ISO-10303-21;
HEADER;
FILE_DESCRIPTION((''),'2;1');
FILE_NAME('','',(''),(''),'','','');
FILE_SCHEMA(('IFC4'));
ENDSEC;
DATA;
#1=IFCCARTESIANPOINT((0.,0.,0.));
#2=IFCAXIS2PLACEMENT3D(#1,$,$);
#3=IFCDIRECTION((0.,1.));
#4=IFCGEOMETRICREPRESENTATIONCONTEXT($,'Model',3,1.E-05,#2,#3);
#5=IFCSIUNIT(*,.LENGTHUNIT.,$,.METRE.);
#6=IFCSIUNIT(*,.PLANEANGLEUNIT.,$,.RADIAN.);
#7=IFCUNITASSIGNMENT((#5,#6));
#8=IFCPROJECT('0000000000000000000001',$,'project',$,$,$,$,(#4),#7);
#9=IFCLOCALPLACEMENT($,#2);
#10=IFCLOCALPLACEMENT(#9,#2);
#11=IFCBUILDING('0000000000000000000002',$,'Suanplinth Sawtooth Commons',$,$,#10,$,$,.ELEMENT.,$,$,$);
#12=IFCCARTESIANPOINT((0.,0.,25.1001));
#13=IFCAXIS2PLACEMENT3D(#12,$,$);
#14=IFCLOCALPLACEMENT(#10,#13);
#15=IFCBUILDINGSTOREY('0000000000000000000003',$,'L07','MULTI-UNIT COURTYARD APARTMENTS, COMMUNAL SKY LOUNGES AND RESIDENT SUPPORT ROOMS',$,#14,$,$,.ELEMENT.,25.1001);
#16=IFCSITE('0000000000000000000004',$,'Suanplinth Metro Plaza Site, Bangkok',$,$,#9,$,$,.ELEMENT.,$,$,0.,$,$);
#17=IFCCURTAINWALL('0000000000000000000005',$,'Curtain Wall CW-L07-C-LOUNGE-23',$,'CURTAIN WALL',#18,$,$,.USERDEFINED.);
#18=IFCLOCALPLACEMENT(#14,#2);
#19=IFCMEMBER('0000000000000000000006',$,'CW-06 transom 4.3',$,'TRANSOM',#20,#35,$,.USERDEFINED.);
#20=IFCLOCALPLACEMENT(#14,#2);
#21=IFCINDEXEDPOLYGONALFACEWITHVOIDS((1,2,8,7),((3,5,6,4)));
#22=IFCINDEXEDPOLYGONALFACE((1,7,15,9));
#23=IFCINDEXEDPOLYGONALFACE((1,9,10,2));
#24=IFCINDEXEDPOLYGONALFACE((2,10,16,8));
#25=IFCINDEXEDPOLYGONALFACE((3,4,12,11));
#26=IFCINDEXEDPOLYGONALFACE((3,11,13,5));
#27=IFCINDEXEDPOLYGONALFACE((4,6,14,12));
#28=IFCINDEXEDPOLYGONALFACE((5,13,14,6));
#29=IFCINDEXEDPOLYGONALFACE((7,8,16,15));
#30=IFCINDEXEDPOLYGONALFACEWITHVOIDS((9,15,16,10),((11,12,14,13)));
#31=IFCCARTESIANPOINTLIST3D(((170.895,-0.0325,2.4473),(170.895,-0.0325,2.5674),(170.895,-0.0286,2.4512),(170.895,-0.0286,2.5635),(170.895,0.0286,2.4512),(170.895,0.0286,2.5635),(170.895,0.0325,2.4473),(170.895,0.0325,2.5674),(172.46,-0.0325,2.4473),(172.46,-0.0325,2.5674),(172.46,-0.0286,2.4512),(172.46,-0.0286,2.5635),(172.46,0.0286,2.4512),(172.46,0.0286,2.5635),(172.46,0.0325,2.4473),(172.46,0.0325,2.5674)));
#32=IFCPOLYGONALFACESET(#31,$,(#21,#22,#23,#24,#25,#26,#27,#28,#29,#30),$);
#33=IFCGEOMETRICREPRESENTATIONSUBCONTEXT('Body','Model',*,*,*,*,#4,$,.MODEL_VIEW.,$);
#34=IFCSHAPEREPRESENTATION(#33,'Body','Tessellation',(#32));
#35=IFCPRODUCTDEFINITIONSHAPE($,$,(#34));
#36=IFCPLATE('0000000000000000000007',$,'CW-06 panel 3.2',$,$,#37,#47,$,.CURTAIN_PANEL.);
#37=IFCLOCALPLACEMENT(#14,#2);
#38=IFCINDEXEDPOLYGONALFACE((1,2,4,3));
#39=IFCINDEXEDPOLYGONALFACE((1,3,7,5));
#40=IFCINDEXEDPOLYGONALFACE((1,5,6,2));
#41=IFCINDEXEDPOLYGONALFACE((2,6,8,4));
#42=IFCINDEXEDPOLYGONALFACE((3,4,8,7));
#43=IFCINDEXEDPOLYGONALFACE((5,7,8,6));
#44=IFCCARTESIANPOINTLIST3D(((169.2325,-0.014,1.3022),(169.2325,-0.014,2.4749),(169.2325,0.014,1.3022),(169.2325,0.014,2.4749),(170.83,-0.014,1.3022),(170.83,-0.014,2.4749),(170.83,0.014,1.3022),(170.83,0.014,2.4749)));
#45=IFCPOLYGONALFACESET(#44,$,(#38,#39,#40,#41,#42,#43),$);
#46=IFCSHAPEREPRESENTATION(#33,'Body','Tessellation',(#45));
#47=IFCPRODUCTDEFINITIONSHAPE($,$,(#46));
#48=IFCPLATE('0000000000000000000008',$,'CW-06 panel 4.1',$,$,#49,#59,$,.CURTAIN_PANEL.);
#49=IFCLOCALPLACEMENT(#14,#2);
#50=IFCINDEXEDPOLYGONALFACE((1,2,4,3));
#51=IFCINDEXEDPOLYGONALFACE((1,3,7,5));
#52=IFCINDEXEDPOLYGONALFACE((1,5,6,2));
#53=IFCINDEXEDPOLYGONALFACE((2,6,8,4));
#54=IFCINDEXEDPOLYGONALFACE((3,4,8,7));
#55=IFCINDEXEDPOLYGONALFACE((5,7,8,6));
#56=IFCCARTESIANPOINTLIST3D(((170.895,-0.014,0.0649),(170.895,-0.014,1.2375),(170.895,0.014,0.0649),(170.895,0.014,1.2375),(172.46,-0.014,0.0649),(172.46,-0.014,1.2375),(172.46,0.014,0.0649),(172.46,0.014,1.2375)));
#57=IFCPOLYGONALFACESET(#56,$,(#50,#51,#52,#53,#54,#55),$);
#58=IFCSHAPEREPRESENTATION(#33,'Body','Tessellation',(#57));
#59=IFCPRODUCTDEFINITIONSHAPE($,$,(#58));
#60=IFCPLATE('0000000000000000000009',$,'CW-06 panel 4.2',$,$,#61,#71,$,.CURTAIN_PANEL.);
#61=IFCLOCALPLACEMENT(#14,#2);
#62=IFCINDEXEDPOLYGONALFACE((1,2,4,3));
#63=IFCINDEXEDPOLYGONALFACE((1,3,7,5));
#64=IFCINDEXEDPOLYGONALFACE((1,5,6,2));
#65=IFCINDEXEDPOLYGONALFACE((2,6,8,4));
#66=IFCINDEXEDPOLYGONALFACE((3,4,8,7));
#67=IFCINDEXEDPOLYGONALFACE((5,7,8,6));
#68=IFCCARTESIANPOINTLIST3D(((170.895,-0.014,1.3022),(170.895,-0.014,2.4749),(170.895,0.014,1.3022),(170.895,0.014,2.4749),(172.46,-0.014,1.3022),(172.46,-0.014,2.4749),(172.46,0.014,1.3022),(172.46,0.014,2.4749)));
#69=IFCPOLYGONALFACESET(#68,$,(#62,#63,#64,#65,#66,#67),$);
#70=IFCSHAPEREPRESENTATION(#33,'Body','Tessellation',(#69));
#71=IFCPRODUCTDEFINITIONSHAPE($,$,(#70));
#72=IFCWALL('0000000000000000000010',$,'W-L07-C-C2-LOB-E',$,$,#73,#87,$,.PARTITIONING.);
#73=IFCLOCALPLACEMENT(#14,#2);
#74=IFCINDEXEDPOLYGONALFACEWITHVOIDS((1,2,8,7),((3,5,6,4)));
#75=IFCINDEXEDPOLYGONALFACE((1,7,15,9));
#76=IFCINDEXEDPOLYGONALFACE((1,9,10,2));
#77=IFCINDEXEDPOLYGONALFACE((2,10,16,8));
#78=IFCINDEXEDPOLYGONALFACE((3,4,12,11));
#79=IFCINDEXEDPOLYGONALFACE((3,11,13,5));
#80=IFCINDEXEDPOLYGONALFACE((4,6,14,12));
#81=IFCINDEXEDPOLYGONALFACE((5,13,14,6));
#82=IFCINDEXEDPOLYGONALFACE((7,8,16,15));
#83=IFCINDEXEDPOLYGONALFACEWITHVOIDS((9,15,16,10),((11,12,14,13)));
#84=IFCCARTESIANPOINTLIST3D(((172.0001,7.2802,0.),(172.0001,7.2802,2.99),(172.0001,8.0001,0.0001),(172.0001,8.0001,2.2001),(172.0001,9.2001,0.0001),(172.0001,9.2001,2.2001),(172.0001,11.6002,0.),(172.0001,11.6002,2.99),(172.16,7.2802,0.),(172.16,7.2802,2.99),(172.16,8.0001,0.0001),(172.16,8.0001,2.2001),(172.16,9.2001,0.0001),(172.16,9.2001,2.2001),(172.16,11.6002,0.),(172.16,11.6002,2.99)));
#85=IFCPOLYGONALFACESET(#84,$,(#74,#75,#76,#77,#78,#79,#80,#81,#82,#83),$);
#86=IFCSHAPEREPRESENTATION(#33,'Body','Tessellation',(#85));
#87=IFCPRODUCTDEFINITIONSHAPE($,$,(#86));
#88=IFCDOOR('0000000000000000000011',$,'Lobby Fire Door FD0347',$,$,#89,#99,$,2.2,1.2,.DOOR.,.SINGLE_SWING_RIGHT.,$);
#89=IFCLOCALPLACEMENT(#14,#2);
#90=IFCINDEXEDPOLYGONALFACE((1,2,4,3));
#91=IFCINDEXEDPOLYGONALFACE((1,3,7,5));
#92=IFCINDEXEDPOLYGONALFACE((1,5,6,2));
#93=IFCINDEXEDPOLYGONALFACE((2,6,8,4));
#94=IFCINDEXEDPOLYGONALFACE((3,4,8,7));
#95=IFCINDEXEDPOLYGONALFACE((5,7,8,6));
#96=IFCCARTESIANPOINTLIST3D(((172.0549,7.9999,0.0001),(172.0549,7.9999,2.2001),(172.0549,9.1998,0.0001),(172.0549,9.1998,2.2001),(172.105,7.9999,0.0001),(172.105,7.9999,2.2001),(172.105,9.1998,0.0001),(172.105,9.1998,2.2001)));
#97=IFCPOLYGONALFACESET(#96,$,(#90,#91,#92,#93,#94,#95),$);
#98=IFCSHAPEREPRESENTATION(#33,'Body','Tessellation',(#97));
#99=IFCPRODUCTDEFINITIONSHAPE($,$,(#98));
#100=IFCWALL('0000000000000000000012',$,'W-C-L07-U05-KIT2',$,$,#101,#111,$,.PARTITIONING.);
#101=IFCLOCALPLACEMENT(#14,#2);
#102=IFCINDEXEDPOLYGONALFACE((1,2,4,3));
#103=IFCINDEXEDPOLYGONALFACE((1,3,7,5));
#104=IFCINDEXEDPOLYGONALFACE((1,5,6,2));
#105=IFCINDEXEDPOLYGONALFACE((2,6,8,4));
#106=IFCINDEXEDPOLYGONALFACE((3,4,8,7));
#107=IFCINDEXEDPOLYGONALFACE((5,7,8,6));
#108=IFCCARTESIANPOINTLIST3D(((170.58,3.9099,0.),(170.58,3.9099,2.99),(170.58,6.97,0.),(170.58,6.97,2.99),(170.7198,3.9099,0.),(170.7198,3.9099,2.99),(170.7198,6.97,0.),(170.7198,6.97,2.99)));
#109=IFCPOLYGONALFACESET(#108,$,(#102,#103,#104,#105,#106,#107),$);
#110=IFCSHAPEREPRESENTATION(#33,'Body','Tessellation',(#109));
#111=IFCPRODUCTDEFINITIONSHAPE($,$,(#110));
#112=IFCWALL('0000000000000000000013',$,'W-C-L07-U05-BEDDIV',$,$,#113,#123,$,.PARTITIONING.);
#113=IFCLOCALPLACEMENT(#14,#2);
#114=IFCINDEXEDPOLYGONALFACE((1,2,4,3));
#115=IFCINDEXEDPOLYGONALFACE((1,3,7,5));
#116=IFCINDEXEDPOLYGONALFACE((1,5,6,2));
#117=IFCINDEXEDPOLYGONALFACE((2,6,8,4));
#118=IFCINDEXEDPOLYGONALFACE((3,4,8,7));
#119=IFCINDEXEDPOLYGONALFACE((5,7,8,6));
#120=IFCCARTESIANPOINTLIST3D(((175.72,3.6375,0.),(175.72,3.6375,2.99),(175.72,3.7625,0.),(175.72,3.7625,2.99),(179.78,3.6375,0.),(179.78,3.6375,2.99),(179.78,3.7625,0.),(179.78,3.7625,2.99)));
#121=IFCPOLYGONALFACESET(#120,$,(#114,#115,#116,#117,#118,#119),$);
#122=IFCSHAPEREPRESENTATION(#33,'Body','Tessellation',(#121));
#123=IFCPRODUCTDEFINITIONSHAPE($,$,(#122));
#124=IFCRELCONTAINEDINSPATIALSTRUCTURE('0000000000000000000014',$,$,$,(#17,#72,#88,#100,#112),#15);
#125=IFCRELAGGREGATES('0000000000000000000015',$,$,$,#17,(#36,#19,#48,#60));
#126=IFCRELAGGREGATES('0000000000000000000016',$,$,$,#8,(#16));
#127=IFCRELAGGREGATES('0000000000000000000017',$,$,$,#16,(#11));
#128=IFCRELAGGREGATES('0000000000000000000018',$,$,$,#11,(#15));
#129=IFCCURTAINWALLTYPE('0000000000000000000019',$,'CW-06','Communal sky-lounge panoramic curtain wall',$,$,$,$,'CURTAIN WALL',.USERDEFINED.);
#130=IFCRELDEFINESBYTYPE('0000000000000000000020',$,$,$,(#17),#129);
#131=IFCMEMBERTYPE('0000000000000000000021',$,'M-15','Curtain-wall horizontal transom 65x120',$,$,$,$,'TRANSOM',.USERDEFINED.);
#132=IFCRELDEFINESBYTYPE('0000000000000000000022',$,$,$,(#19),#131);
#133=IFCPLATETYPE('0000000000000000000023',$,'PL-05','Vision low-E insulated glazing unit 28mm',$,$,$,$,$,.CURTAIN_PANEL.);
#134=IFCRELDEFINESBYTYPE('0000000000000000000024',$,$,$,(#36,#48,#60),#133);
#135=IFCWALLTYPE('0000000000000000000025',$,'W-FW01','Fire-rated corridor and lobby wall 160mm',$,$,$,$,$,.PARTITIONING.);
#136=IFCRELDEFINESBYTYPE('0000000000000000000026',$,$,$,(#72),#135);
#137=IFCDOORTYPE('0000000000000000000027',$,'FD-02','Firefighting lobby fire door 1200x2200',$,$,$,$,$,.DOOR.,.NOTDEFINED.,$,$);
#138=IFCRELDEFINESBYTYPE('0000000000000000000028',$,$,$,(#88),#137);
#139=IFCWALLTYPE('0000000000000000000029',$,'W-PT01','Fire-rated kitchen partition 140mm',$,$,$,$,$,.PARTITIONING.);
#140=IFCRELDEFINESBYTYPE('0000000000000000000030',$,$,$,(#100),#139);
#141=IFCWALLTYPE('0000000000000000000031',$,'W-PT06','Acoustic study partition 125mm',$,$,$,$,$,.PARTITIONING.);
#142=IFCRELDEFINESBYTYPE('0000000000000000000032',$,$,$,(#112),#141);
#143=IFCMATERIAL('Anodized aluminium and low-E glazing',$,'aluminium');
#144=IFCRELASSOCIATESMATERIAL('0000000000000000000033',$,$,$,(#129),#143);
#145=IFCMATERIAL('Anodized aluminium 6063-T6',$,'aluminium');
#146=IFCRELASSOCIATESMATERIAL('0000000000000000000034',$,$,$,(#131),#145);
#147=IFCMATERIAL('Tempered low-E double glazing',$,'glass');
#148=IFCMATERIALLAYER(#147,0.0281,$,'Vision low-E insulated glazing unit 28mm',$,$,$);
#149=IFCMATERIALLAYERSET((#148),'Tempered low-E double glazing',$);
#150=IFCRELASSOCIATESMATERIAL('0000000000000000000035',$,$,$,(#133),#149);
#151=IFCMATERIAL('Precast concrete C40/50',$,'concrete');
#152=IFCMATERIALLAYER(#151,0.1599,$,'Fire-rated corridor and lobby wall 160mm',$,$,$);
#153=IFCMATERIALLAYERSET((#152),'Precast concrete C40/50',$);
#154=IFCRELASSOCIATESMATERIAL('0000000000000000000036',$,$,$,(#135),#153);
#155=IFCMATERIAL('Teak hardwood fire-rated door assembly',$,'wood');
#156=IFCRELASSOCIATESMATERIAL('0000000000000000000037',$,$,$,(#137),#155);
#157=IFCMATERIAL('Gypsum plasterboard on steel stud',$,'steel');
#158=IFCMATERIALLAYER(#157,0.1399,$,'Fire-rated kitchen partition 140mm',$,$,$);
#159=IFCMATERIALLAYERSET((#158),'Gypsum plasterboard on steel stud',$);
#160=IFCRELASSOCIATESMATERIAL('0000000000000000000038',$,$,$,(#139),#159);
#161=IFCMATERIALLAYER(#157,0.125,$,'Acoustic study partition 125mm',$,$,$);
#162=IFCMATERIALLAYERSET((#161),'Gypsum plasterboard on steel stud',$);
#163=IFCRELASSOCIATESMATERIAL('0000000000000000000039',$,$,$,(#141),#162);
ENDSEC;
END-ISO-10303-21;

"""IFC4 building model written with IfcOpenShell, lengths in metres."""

from ifc_helpers import new_model, si_unit, direction, frame, frame_2d, origin, origin_2d, place, context, subcontext, project, spatial, rectangle, hollow_rectangle, extrude, material, layer, layer_set, material_profile, profile_set, type_object, element, fill, aggregate, save


model = new_model("IFC4")

# Units and contexts
model_context = context("Model", 3, precision=1e-05, world=origin(), true_north=direction((0.0, 1.0)))
body_context = subcontext(model_context, "Body", "Model", "MODEL_VIEW")
ifc_project = project(units=[si_unit("LENGTHUNIT", "METRE"), si_unit("PLANEANGLEUNIT", "RADIAN")], contexts=[model_context])

# Site, building, storey
site_placement = place(None, origin())
site = spatial("IfcSite", under=ifc_project, at=site_placement, Name="Suanplinth Metro Plaza Site, Bangkok", CompositionType="ELEMENT", RefElevation=0.0)
building_placement = place(site_placement, origin())
building = spatial("IfcBuilding", under=site, at=building_placement, Name="Suanplinth Sawtooth Commons", CompositionType="ELEMENT")
storey_placement = place(building_placement, frame((0.0, 0.0, 25.1001)))
storey = spatial("IfcBuildingStorey", under=building, at=storey_placement, Name="L07", Description="MULTI-UNIT COURTYARD APARTMENTS, COMMUNAL SKY LOUNGES AND RESIDENT SUPPORT ROOMS", CompositionType="ELEMENT", Elevation=25.1001)

# Shared definitions
ifc_material_1 = material(Name="Precast concrete C40/50", Category="concrete")

# Curtain wall, member, plates
ifc_material_2 = material(Name="Anodized aluminium and low-E glazing", Category="aluminium")
curtain_wall_type = type_object("IfcCurtainWallType", Name="CW-06", Description="Communal sky-lounge panoramic curtain wall", ElementType="CURTAIN WALL", PredefinedType="USERDEFINED", material=ifc_material_2)
curtain_wall_placement = place(storey_placement, origin())
curtain_wall = element("IfcCurtainWall", 1, at=curtain_wall_placement, inside=storey, type_object=curtain_wall_type, Name="Curtain Wall CW-L07-C-LOUNGE-23", ObjectType="CURTAIN WALL", PredefinedType="USERDEFINED")
ifc_material_3 = material(Name="Anodized aluminium 6063-T6", Category="aluminium")
ifc_material_profile_1 = material_profile(ifc_material_3, hollow_rectangle(XDim=0.0649, YDim=0.1201, WallThickness=0.0039, at=origin_2d()), Name="ALU-TRN 65x120")
ifc_profile_set_1 = profile_set([ifc_material_profile_1], Name="Anodized aluminium 6063-T6")
member_type_1 = type_object("IfcMemberType", Name="M-15", Description="Curtain-wall horizontal transom 65x120", ElementType="TRANSOM", PredefinedType="USERDEFINED", material=ifc_profile_set_1)
member_1_placement = place(storey_placement, frame((170.895, 0.0, 2.5073), z_axis=(1.0, 0.0, 0.0), x_axis=(0.0, 1.0, 0.0)))
member_1 = element("IfcMember", 2, at=member_1_placement, type_object=member_type_1, Name="CW-06 transom 4.3", ObjectType="TRANSOM", PredefinedType="USERDEFINED", context=body_context, shape_type="SweptSolid", body=[
    extrude(hollow_rectangle(XDim=0.0649, YDim=0.1201, WallThickness=0.0039, at=origin_2d()), origin(), (0.0, 0.0, 1.0), 1.5649),
])
ifc_material_4 = material(Name="Tempered low-E double glazing", Category="glass")
ifc_layer_1 = layer(ifc_material_4, 0.0281, Name="Vision low-E insulated glazing unit 28mm")
ifc_layer_set_1 = layer_set([ifc_layer_1], Name="Tempered low-E double glazing")
plate_type = type_object("IfcPlateType", Name="PL-05", Description="Vision low-E insulated glazing unit 28mm", PredefinedType="CURTAIN_PANEL", material=ifc_layer_set_1)
plate_1_placement = place(storey_placement, frame((170.0312, 0.0, 1.3022), z_axis=(0.0, 0.0, 1.0), x_axis=(1.0, 0.0, 0.0)))
plate_1 = element("IfcPlate", 3, at=plate_1_placement, type_object=plate_type, Name="CW-06 panel 3.2", PredefinedType="CURTAIN_PANEL", context=body_context, shape_type="SweptSolid", body=[
    extrude(rectangle(XDim=1.5974, YDim=0.0281, at=origin_2d()), origin(), (0.0, 0.0, 1.0), 1.1726),
])
plate_2_placement = place(storey_placement, frame((171.6775, 0.0, 0.0649), z_axis=(0.0, 0.0, 1.0), x_axis=(1.0, 0.0, 0.0)))
plate_2 = element("IfcPlate", 4, at=plate_2_placement, type_object=plate_type, Name="CW-06 panel 4.1", PredefinedType="CURTAIN_PANEL", context=body_context, shape_type="SweptSolid", body=[
    extrude(rectangle(XDim=1.5649, YDim=0.0281, at=origin_2d()), origin(), (0.0, 0.0, 1.0), 1.1726),
])
plate_3_placement = place(storey_placement, frame((171.6775, 0.0, 1.3022), z_axis=(0.0, 0.0, 1.0), x_axis=(1.0, 0.0, 0.0)))
plate_3 = element("IfcPlate", 5, at=plate_3_placement, type_object=plate_type, Name="CW-06 panel 4.2", PredefinedType="CURTAIN_PANEL", context=body_context, shape_type="SweptSolid", body=[
    extrude(rectangle(XDim=1.5649, YDim=0.0281, at=origin_2d()), origin(), (0.0, 0.0, 1.0), 1.1726),
])
aggregate(curtain_wall, [plate_1, member_1, plate_2, plate_3])

# Wall, opening, door
ifc_layer_2 = layer(ifc_material_1, 0.1599, Name="Fire-rated corridor and lobby wall 160mm")
ifc_layer_set_2 = layer_set([ifc_layer_2], Name="Precast concrete C40/50")
wall_type_1 = type_object("IfcWallType", Name="W-FW01", Description="Fire-rated corridor and lobby wall 160mm", PredefinedType="PARTITIONING", material=ifc_layer_set_2)
wall_1_placement = place(storey_placement, frame((172.0801, 7.28, 0.0), z_axis=(0.0, 0.0, 1.0), x_axis=(0.0, 1.0, 0.0)))
wall_1 = element("IfcWall", 6, at=wall_1_placement, inside=storey, type_object=wall_type_1, Name="W-L07-C-C2-LOB-E", PredefinedType="PARTITIONING", context=body_context, shape_type="SweptSolid", body=[
    extrude(rectangle(XDim=4.3201, YDim=0.1599, at=frame_2d((2.1602, 0.0))), origin(), (0.0, 0.0, 1.0), 2.99),
])
opening_1_placement = place(wall_1_placement, frame((0.72, 0.0, 0.0)))
opening_1 = element("IfcOpeningElement", 7, at=opening_1_placement, cuts=wall_1, PredefinedType="OPENING", context=body_context, shape_type="SweptSolid", body=[
    extrude(rectangle(XDim=1.2, YDim=2.2, at=frame_2d((0.6001, 1.1001))), frame((0.0, 0.0947, 0.0), z_axis=(0.0, -1.0, 0.0), x_axis=(1.0, 0.0, 0.0)), (0.0, 0.0, 1.0), 0.1897),
])
ifc_material_5 = material(Name="Teak hardwood fire-rated door assembly", Category="wood")
door_type_1 = type_object("IfcDoorType", Name="FD-02", Description="Firefighting lobby fire door 1200x2200", OperationType="NOTDEFINED", PredefinedType="DOOR", material=ifc_material_5)
door_1_placement = place(opening_1_placement, frame((1.2, 0.0, 0.0), z_axis=(0.0, 0.0, 1.0), x_axis=(-1.0, 0.0, 0.0)))
door_1 = element("IfcDoor", 8, at=door_1_placement, inside=storey, type_object=door_type_1, Name="Lobby Fire Door FD0347", OperationType="SINGLE_SWING_RIGHT", OverallHeight=2.2, OverallWidth=1.2, PredefinedType="DOOR", context=body_context, shape_type="SweptSolid", body=[
    extrude(rectangle(XDim=1.2, YDim=2.2, at=frame_2d((0.6001, 1.1001))), frame((0.0, 0.0249, 0.0), z_axis=(0.0, -1.0, 0.0), x_axis=(1.0, 0.0, 0.0)), (0.0, 0.0, 1.0), 0.05),
])
fill(opening_1, door_1)

# Wall
ifc_material_6 = material(Name="Gypsum plasterboard on steel stud", Category="steel")
ifc_layer_3 = layer(ifc_material_6, 0.1399, Name="Fire-rated kitchen partition 140mm")
ifc_layer_set_3 = layer_set([ifc_layer_3], Name="Gypsum plasterboard on steel stud")
wall_type_2 = type_object("IfcWallType", Name="W-PT01", Description="Fire-rated kitchen partition 140mm", PredefinedType="PARTITIONING", material=ifc_layer_set_3)
wall_2_placement = place(storey_placement, frame((170.6499, 3.9099, 0.0), z_axis=(0.0, 0.0, 1.0), x_axis=(0.0, 1.0, 0.0)))
element("IfcWall", 9, at=wall_2_placement, inside=storey, type_object=wall_type_2, Name="W-C-L07-U05-KIT2", PredefinedType="PARTITIONING", context=body_context, shape_type="SweptSolid", body=[
    extrude(rectangle(XDim=3.0601, YDim=0.1399, at=frame_2d((1.53, 0.0))), origin(), (0.0, 0.0, 1.0), 2.99),
])

# Wall
ifc_layer_4 = layer(ifc_material_6, 0.125, Name="Acoustic study partition 125mm")
ifc_layer_set_4 = layer_set([ifc_layer_4], Name="Gypsum plasterboard on steel stud")
wall_type_3 = type_object("IfcWallType", Name="W-PT06", Description="Acoustic study partition 125mm", PredefinedType="PARTITIONING", material=ifc_layer_set_4)
wall_3_placement = place(storey_placement, frame((175.72, 3.7, 0.0), z_axis=(0.0, 0.0, 1.0), x_axis=(1.0, 0.0, 0.0)))
element("IfcWall", 10, at=wall_3_placement, inside=storey, type_object=wall_type_3, Name="W-C-L07-U05-BEDDIV", PredefinedType="PARTITIONING", context=body_context, shape_type="SweptSolid", body=[
    extrude(rectangle(XDim=4.0601, YDim=0.125, at=frame_2d((2.03, 0.0))), origin(), (0.0, 0.0, 1.0), 2.99),
])

save(model, "model.ifc")
